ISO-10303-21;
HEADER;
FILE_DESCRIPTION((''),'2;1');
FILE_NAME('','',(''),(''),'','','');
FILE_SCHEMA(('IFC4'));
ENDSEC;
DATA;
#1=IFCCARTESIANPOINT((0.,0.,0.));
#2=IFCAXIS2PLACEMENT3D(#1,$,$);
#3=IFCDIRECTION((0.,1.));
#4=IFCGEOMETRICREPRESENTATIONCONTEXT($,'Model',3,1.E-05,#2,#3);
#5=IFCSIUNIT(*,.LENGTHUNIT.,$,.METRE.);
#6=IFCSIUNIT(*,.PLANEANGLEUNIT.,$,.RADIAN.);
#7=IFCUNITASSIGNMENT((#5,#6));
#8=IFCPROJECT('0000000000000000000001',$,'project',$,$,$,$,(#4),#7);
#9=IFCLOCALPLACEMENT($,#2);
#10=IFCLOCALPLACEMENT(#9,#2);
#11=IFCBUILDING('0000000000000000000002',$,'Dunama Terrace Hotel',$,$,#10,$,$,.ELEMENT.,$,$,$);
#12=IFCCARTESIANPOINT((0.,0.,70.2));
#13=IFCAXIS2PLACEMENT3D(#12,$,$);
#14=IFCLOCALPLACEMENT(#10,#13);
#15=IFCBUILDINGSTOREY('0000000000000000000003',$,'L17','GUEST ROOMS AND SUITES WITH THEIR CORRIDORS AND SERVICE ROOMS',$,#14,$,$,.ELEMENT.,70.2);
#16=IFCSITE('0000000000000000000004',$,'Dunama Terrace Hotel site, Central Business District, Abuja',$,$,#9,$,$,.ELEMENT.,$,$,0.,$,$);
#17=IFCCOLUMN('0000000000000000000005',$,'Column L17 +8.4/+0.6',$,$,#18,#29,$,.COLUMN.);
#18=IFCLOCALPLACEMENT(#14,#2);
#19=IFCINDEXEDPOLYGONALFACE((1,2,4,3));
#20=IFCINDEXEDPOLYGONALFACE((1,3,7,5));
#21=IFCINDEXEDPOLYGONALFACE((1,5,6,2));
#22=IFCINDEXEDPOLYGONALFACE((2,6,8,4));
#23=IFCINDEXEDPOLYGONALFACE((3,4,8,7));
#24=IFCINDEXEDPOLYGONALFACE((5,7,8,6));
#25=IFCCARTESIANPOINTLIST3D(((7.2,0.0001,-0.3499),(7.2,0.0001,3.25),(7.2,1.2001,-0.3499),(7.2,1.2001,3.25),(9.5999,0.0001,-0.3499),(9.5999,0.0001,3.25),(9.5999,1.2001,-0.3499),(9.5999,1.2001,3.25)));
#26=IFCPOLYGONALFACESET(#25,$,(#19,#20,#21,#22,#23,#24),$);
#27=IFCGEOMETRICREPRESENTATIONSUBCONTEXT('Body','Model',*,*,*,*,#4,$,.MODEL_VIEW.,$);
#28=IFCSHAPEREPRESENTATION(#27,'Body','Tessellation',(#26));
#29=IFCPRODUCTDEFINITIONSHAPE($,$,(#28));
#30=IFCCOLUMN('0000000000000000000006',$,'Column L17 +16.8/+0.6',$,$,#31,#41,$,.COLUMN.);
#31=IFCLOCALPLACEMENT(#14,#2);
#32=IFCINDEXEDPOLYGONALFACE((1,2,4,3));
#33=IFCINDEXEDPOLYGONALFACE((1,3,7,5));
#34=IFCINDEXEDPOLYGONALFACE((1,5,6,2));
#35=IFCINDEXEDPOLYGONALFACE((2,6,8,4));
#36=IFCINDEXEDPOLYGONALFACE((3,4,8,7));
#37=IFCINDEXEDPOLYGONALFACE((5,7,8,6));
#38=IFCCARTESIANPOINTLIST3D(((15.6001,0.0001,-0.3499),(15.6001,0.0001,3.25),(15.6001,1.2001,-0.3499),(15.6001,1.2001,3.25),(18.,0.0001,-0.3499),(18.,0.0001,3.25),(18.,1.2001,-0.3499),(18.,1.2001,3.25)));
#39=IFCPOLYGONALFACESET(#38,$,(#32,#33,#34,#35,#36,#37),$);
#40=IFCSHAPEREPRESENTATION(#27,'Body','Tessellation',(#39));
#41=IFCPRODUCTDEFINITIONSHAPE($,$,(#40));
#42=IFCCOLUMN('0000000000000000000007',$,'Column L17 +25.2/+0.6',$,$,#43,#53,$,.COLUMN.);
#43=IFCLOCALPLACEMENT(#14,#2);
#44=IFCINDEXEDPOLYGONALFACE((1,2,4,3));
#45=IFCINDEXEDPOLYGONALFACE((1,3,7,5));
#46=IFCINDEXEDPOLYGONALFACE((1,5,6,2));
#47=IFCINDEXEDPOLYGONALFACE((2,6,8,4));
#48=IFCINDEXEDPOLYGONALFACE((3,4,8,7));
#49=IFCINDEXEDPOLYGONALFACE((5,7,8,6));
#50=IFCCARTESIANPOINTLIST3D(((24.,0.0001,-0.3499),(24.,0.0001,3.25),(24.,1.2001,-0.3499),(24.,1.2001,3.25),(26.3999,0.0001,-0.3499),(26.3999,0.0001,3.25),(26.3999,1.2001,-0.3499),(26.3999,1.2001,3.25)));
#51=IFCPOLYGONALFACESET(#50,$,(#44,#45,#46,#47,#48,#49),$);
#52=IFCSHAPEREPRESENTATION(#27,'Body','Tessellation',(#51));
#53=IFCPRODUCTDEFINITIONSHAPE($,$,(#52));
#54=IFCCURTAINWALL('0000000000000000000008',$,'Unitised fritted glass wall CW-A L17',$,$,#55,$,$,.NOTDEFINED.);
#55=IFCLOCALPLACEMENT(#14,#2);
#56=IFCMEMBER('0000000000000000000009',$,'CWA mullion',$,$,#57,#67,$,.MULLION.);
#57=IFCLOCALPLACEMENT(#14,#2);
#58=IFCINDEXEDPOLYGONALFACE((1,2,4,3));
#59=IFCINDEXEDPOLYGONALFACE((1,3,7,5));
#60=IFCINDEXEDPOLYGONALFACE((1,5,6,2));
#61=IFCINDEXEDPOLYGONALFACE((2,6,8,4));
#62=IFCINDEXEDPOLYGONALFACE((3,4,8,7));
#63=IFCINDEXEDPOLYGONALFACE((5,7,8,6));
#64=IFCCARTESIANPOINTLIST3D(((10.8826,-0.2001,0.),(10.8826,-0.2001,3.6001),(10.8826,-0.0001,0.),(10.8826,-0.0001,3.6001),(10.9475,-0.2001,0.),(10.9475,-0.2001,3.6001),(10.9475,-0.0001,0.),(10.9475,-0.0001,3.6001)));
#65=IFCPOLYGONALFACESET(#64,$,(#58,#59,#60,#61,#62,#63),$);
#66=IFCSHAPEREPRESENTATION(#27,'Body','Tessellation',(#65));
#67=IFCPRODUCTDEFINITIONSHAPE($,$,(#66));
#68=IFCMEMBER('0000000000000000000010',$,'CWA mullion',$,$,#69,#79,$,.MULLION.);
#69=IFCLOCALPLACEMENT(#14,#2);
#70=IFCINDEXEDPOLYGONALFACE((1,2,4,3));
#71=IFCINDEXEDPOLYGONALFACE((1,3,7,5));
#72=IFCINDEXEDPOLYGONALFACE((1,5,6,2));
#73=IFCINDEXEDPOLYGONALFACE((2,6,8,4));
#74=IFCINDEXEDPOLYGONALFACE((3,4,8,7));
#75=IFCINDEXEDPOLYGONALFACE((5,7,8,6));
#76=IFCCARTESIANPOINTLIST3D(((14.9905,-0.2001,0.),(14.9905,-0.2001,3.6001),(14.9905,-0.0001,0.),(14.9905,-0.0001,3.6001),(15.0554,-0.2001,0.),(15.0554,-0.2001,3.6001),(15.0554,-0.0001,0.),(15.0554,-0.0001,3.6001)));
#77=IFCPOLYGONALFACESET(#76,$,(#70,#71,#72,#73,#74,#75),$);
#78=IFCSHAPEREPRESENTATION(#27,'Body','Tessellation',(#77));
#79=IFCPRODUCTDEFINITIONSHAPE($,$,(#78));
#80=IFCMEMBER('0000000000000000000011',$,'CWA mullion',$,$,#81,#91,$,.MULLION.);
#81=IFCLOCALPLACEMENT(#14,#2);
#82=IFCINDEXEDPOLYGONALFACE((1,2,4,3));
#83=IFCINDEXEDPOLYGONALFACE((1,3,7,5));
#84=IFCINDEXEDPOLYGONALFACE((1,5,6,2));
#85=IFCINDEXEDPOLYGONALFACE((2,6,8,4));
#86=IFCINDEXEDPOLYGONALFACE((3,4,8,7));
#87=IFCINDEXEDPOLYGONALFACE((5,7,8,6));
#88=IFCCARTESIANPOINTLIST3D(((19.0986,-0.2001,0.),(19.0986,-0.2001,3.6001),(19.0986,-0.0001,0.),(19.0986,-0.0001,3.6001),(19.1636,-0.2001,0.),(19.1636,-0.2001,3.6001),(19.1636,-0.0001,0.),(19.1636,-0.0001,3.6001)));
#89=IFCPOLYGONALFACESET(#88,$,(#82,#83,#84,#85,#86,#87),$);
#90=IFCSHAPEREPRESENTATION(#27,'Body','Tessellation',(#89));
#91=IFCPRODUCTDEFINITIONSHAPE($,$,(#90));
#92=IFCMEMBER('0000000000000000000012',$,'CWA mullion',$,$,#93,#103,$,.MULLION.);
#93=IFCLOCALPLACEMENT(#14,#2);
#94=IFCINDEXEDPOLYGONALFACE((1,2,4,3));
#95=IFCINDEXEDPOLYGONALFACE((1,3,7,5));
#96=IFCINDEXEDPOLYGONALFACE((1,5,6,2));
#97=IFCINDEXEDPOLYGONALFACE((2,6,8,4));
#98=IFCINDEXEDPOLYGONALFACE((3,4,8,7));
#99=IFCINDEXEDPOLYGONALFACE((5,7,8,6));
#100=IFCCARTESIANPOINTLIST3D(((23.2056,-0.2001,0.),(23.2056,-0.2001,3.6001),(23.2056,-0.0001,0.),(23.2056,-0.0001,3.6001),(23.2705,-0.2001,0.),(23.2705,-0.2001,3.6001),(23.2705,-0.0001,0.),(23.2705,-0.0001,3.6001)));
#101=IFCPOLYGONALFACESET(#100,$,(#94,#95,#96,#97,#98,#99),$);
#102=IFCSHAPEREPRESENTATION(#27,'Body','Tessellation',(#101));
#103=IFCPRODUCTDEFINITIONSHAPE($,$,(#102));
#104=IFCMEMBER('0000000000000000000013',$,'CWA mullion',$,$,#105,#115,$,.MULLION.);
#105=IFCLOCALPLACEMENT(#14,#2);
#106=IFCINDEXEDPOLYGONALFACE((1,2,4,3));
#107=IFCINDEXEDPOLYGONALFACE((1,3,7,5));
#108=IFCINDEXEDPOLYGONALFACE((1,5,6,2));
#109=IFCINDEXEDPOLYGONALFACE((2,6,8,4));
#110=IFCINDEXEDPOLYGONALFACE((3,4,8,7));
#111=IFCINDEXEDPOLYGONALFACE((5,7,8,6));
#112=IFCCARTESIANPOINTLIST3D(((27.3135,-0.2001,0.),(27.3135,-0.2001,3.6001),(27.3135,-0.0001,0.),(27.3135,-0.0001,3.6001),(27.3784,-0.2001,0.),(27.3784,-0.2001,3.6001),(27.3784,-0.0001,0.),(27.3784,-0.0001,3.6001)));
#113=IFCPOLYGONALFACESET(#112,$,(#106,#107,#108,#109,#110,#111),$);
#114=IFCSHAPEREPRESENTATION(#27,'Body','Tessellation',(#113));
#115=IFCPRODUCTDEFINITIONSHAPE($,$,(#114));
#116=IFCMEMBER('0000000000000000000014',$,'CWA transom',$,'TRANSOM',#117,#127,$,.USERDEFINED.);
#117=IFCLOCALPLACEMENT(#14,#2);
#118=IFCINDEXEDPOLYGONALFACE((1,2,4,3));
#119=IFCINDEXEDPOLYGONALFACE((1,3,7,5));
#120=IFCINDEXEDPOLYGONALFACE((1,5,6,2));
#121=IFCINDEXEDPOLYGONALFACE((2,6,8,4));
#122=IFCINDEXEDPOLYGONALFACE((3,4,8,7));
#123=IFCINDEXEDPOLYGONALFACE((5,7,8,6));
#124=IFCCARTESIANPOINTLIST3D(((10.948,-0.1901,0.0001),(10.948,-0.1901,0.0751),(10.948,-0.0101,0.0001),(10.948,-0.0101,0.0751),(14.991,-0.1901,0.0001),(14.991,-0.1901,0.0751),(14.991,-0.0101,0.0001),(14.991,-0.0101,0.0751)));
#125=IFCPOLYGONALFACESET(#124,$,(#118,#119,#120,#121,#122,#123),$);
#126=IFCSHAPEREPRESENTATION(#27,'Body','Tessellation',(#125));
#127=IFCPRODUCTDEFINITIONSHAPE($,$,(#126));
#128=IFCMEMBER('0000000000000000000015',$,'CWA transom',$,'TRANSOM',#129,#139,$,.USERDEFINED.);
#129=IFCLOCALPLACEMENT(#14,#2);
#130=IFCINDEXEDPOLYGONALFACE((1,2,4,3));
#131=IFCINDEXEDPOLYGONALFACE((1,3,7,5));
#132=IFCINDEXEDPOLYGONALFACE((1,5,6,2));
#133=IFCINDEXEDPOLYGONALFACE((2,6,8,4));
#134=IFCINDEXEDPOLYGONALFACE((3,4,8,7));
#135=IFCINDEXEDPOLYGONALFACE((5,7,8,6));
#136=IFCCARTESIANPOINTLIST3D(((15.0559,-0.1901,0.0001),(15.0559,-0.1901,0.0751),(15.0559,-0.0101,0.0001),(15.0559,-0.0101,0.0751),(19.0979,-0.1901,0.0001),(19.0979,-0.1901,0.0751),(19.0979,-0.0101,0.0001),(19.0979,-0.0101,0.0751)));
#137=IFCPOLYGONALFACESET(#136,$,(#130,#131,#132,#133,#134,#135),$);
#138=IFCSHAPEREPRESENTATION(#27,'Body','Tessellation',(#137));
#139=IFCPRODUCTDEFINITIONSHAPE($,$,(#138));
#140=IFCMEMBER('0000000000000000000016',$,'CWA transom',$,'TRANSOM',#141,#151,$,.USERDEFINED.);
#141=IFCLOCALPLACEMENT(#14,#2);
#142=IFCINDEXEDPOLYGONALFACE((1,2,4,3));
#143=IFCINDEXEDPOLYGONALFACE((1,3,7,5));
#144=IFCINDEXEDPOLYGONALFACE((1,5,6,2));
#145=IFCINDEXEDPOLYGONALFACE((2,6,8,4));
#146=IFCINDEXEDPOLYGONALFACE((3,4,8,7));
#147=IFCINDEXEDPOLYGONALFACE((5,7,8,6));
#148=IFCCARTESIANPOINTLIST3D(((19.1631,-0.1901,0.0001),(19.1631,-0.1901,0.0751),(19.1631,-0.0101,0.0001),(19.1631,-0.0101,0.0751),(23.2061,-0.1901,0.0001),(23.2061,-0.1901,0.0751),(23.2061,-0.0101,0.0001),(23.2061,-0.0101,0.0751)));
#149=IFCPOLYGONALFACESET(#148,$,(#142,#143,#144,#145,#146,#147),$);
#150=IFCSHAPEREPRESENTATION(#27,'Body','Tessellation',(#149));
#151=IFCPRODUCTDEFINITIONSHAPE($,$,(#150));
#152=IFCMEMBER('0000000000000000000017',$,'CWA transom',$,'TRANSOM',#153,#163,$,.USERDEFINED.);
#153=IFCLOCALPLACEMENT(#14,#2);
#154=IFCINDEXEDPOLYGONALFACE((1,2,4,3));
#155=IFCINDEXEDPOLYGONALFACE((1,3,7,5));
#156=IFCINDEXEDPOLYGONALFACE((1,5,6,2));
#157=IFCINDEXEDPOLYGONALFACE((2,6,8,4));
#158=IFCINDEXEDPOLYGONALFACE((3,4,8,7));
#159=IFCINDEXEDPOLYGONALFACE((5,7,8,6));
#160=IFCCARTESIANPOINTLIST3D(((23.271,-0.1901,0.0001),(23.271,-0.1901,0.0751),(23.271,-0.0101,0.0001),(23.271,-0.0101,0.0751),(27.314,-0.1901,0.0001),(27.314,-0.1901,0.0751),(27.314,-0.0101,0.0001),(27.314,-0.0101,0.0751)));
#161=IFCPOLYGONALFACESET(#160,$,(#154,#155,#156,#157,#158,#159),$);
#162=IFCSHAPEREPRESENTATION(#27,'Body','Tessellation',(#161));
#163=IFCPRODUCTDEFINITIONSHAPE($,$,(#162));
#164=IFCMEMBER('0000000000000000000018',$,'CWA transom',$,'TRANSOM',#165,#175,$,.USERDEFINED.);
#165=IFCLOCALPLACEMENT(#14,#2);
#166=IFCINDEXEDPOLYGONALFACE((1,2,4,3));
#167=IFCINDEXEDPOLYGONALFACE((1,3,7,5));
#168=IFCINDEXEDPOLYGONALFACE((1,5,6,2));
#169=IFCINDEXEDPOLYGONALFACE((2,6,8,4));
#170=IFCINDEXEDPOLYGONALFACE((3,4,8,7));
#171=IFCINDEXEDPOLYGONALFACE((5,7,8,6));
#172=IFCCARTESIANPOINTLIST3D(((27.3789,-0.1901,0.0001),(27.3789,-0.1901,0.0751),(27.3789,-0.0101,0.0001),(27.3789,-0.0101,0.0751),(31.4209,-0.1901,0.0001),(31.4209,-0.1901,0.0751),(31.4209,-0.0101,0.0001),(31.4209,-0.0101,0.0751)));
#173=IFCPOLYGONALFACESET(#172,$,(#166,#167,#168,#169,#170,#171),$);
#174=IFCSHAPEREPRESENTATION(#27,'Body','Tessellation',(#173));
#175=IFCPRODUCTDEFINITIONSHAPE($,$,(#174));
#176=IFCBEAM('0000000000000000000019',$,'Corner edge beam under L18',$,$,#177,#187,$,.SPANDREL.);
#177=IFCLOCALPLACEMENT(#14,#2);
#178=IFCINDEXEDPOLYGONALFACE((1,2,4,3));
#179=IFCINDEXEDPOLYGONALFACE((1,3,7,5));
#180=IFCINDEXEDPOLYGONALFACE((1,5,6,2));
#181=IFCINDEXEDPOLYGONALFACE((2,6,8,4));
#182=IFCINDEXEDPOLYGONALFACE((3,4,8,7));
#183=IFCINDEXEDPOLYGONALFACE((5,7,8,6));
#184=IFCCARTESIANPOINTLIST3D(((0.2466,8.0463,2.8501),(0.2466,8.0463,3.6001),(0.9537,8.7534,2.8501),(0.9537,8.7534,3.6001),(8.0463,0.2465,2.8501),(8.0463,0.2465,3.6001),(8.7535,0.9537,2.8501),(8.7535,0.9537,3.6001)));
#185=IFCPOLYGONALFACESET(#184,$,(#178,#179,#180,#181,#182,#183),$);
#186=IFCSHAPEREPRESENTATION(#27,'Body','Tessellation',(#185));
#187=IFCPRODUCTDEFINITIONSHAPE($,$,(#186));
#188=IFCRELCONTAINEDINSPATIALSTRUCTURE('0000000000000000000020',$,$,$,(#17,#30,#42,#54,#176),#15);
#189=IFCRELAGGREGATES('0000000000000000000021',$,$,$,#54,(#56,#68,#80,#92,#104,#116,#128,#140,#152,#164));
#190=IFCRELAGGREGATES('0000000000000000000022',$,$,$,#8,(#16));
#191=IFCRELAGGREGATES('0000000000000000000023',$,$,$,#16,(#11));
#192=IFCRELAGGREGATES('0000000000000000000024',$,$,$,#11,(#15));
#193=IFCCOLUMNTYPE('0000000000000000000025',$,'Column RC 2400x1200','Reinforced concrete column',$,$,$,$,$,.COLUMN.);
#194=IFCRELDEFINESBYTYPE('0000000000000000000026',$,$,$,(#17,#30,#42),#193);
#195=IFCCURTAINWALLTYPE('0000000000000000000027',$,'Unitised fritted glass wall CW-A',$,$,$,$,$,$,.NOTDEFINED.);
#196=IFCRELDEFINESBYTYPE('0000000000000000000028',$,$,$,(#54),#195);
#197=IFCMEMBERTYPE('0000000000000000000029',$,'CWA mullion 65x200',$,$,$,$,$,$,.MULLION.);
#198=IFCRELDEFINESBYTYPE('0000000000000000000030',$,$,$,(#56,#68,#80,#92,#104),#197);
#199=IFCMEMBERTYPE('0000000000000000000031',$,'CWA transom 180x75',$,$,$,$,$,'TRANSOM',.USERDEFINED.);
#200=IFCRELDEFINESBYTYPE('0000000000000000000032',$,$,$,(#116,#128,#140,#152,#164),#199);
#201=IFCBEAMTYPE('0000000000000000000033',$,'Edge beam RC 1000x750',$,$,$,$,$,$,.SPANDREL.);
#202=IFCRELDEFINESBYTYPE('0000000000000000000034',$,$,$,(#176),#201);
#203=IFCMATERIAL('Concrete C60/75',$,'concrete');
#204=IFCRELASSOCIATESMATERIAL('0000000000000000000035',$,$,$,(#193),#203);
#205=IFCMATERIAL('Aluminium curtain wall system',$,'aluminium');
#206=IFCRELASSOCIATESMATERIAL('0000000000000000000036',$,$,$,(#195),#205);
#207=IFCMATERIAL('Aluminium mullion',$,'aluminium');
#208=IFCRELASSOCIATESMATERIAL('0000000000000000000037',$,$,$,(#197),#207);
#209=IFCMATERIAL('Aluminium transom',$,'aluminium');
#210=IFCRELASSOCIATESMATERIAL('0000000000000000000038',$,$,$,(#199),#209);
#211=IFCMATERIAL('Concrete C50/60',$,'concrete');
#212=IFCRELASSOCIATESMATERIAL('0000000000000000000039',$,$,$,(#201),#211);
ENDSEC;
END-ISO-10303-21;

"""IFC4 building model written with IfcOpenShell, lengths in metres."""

from ifc_helpers import new_model, si_unit, direction, frame, origin, origin_2d, place, context, subcontext, project, spatial, rectangle, extrude, material, material_profile, profile_set, type_object, element, aggregate, save


model = new_model("IFC4")

# Units and contexts
model_context = context("Model", 3, precision=1e-05, world=origin(), true_north=direction((0.0, 1.0)))
body_context = subcontext(model_context, "Body", "Model", "MODEL_VIEW")
ifc_project = project(units=[si_unit("LENGTHUNIT", "METRE"), si_unit("PLANEANGLEUNIT", "RADIAN")], contexts=[model_context])

# Site, building, storey
site_placement = place(None, origin())
site = spatial("IfcSite", under=ifc_project, at=site_placement, Name="Dunama Terrace Hotel site, Central Business District, Abuja", CompositionType="ELEMENT", RefElevation=0.0)
building_placement = place(site_placement, origin())
building = spatial("IfcBuilding", under=site, at=building_placement, Name="Dunama Terrace Hotel", CompositionType="ELEMENT")
storey_placement = place(building_placement, frame((0.0, 0.0, 70.2)))
storey = spatial("IfcBuildingStorey", under=building, at=storey_placement, Name="L17", Description="GUEST ROOMS AND SUITES WITH THEIR CORRIDORS AND SERVICE ROOMS", CompositionType="ELEMENT", Elevation=70.2)

# Columns
ifc_material_1 = material(Name="Concrete C60/75", Category="concrete")
ifc_material_profile_1 = material_profile(ifc_material_1, rectangle(XDim=2.3999, YDim=1.2, at=origin_2d()), Name="RC 2400x1200")
ifc_profile_set_1 = profile_set([ifc_material_profile_1], Name="Concrete C60/75")
column_type = type_object("IfcColumnType", Name="Column RC 2400x1200", Description="Reinforced concrete column", PredefinedType="COLUMN", material=ifc_profile_set_1)
for number, where, z_axis, x_axis, name in (
    (1, (8.3999, 0.6001, -0.3499), (0.0, 0.0, 1.0), (1.0, 0.0, 0.0), "Column L17 +8.4/+0.6"),
    (2, (16.8, 0.6001, -0.3499), (0.0, 0.0, 1.0), (1.0, 0.0, 0.0), "Column L17 +16.8/+0.6"),
    (3, (25.2, 0.6001, -0.3499), (0.0, 0.0, 1.0), (1.0, 0.0, 0.0), "Column L17 +25.2/+0.6"),
):
    element("IfcColumn", number, at=place(storey_placement, frame(where, z_axis=z_axis, x_axis=x_axis)), inside=storey, type_object=column_type, Name=name, PredefinedType="COLUMN", context=body_context, shape_type="SweptSolid", body=[
        extrude(rectangle(XDim=2.3999, YDim=1.2, at=origin_2d()), origin(), (0.0, 0.0, 1.0), 3.5999),
    ])

# Curtain wall, members
ifc_material_2 = material(Name="Aluminium curtain wall system", Category="aluminium")
curtain_wall_type = type_object("IfcCurtainWallType", Name="Unitised fritted glass wall CW-A", PredefinedType="NOTDEFINED", material=ifc_material_2)
curtain_wall_placement = place(storey_placement, origin())
curtain_wall = element("IfcCurtainWall", 4, at=curtain_wall_placement, inside=storey, type_object=curtain_wall_type, Name="Unitised fritted glass wall CW-A L17", PredefinedType="NOTDEFINED")
ifc_material_3 = material(Name="Aluminium mullion", Category="aluminium")
ifc_material_profile_2 = material_profile(ifc_material_3, rectangle(XDim=0.0649, YDim=0.2, at=origin_2d()), Name="CWA MULLION 65X200")
ifc_profile_set_2 = profile_set([ifc_material_profile_2], Name="Aluminium mullion")
member_type_1 = type_object("IfcMemberType", Name="CWA mullion 65x200", PredefinedType="MULLION", material=ifc_profile_set_2)
member_1_placement = place(storey_placement, frame((10.915, -0.1001, 0.0), z_axis=(0.0, 0.0, 1.0), x_axis=(1.0, 0.0, 0.0)))
member_1 = element("IfcMember", 5, at=member_1_placement, type_object=member_type_1, Name="CWA mullion", PredefinedType="MULLION", context=body_context, shape_type="SweptSolid", body=[
    extrude(rectangle(XDim=0.0649, YDim=0.2, at=origin_2d()), origin(), (0.0, 0.0, 1.0), 3.6001),
])
member_2_placement = place(storey_placement, frame((15.0229, -0.1001, 0.0), z_axis=(0.0, 0.0, 1.0), x_axis=(1.0, 0.0, 0.0)))
member_2 = element("IfcMember", 6, at=member_2_placement, type_object=member_type_1, Name="CWA mullion", PredefinedType="MULLION", context=body_context, shape_type="SweptSolid", body=[
    extrude(rectangle(XDim=0.0649, YDim=0.2, at=origin_2d()), origin(), (0.0, 0.0, 1.0), 3.6001),
])
member_3_placement = place(storey_placement, frame((19.1311, -0.1001, 0.0), z_axis=(0.0, 0.0, 1.0), x_axis=(1.0, 0.0, 0.0)))
member_3 = element("IfcMember", 7, at=member_3_placement, type_object=member_type_1, Name="CWA mullion", PredefinedType="MULLION", context=body_context, shape_type="SweptSolid", body=[
    extrude(rectangle(XDim=0.0649, YDim=0.2, at=origin_2d()), origin(), (0.0, 0.0, 1.0), 3.6001),
])
member_4_placement = place(storey_placement, frame((23.238, -0.1001, 0.0), z_axis=(0.0, 0.0, 1.0), x_axis=(1.0, 0.0, 0.0)))
member_4 = element("IfcMember", 8, at=member_4_placement, type_object=member_type_1, Name="CWA mullion", PredefinedType="MULLION", context=body_context, shape_type="SweptSolid", body=[
    extrude(rectangle(XDim=0.0649, YDim=0.2, at=origin_2d()), origin(), (0.0, 0.0, 1.0), 3.6001),
])
member_5_placement = place(storey_placement, frame((27.3459, -0.1001, 0.0), z_axis=(0.0, 0.0, 1.0), x_axis=(1.0, 0.0, 0.0)))
member_5 = element("IfcMember", 9, at=member_5_placement, type_object=member_type_1, Name="CWA mullion", PredefinedType="MULLION", context=body_context, shape_type="SweptSolid", body=[
    extrude(rectangle(XDim=0.0649, YDim=0.2, at=origin_2d()), origin(), (0.0, 0.0, 1.0), 3.6001),
])
ifc_material_4 = material(Name="Aluminium transom", Category="aluminium")
ifc_material_profile_3 = material_profile(ifc_material_4, rectangle(XDim=0.1799, YDim=0.075, at=origin_2d()), Name="CWA TRANSOM 180X75")
ifc_profile_set_3 = profile_set([ifc_material_profile_3], Name="Aluminium transom")
member_type_2 = type_object("IfcMemberType", Name="CWA transom 180x75", ElementType="TRANSOM", PredefinedType="USERDEFINED", material=ifc_profile_set_3)
member_6_placement = place(storey_placement, frame((10.948, -0.1001, 0.0376), z_axis=(1.0, 0.0, 0.0), x_axis=(0.0, 1.0, 0.0)))
member_6 = element("IfcMember", 10, at=member_6_placement, type_object=member_type_2, Name="CWA transom", ObjectType="TRANSOM", PredefinedType="USERDEFINED", context=body_context, shape_type="SweptSolid", body=[
    extrude(rectangle(XDim=0.1799, YDim=0.075, at=origin_2d()), origin(), (0.0, 0.0, 1.0), 4.043),
])
member_7_placement = place(storey_placement, frame((15.0559, -0.1001, 0.0376), z_axis=(1.0, 0.0, 0.0), x_axis=(0.0, 1.0, 0.0)))
member_7 = element("IfcMember", 11, at=member_7_placement, type_object=member_type_2, Name="CWA transom", ObjectType="TRANSOM", PredefinedType="USERDEFINED", context=body_context, shape_type="SweptSolid", body=[
    extrude(rectangle(XDim=0.1799, YDim=0.075, at=origin_2d()), origin(), (0.0, 0.0, 1.0), 4.042),
])
member_8_placement = place(storey_placement, frame((19.1631, -0.1001, 0.0376), z_axis=(1.0, 0.0, 0.0), x_axis=(0.0, 1.0, 0.0)))
member_8 = element("IfcMember", 12, at=member_8_placement, type_object=member_type_2, Name="CWA transom", ObjectType="TRANSOM", PredefinedType="USERDEFINED", context=body_context, shape_type="SweptSolid", body=[
    extrude(rectangle(XDim=0.1799, YDim=0.075, at=origin_2d()), origin(), (0.0, 0.0, 1.0), 4.043),
])
member_9_placement = place(storey_placement, frame((23.271, -0.1001, 0.0376), z_axis=(1.0, 0.0, 0.0), x_axis=(0.0, 1.0, 0.0)))
member_9 = element("IfcMember", 13, at=member_9_placement, type_object=member_type_2, Name="CWA transom", ObjectType="TRANSOM", PredefinedType="USERDEFINED", context=body_context, shape_type="SweptSolid", body=[
    extrude(rectangle(XDim=0.1799, YDim=0.075, at=origin_2d()), origin(), (0.0, 0.0, 1.0), 4.043),
])
member_10_placement = place(storey_placement, frame((27.3789, -0.1001, 0.0376), z_axis=(1.0, 0.0, 0.0), x_axis=(0.0, 1.0, 0.0)))
member_10 = element("IfcMember", 14, at=member_10_placement, type_object=member_type_2, Name="CWA transom", ObjectType="TRANSOM", PredefinedType="USERDEFINED", context=body_context, shape_type="SweptSolid", body=[
    extrude(rectangle(XDim=0.1799, YDim=0.075, at=origin_2d()), origin(), (0.0, 0.0, 1.0), 4.042),
])

# Beam
ifc_material_5 = material(Name="Concrete C50/60", Category="concrete")
ifc_material_profile_4 = material_profile(ifc_material_5, rectangle(XDim=1.0, YDim=0.75, at=origin_2d()), Name="RC 1000x750")
ifc_profile_set_4 = profile_set([ifc_material_profile_4], Name="Concrete C50/60")
beam_type_1 = type_object("IfcBeamType", Name="Edge beam RC 1000x750", PredefinedType="SPANDREL", material=ifc_profile_set_4)
beam_1_placement = place(storey_placement, frame((8.3999, 0.6001, 3.2251), z_axis=(-0.707107, 0.707107, 0.0), x_axis=(-0.707107, -0.707107, 0.0)))
element("IfcBeam", 15, at=beam_1_placement, inside=storey, type_object=beam_type_1, Name="Corner edge beam under L18", PredefinedType="SPANDREL", context=body_context, shape_type="SweptSolid", body=[
    extrude(rectangle(XDim=1.0, YDim=0.75, at=origin_2d()), origin(), (0.0, 0.0, 1.0), 11.0305),
])

aggregate(curtain_wall, [member_1, member_2, member_3, member_4, member_5, member_6, member_7, member_8, member_9, member_10])

save(model, "model.ifc")
